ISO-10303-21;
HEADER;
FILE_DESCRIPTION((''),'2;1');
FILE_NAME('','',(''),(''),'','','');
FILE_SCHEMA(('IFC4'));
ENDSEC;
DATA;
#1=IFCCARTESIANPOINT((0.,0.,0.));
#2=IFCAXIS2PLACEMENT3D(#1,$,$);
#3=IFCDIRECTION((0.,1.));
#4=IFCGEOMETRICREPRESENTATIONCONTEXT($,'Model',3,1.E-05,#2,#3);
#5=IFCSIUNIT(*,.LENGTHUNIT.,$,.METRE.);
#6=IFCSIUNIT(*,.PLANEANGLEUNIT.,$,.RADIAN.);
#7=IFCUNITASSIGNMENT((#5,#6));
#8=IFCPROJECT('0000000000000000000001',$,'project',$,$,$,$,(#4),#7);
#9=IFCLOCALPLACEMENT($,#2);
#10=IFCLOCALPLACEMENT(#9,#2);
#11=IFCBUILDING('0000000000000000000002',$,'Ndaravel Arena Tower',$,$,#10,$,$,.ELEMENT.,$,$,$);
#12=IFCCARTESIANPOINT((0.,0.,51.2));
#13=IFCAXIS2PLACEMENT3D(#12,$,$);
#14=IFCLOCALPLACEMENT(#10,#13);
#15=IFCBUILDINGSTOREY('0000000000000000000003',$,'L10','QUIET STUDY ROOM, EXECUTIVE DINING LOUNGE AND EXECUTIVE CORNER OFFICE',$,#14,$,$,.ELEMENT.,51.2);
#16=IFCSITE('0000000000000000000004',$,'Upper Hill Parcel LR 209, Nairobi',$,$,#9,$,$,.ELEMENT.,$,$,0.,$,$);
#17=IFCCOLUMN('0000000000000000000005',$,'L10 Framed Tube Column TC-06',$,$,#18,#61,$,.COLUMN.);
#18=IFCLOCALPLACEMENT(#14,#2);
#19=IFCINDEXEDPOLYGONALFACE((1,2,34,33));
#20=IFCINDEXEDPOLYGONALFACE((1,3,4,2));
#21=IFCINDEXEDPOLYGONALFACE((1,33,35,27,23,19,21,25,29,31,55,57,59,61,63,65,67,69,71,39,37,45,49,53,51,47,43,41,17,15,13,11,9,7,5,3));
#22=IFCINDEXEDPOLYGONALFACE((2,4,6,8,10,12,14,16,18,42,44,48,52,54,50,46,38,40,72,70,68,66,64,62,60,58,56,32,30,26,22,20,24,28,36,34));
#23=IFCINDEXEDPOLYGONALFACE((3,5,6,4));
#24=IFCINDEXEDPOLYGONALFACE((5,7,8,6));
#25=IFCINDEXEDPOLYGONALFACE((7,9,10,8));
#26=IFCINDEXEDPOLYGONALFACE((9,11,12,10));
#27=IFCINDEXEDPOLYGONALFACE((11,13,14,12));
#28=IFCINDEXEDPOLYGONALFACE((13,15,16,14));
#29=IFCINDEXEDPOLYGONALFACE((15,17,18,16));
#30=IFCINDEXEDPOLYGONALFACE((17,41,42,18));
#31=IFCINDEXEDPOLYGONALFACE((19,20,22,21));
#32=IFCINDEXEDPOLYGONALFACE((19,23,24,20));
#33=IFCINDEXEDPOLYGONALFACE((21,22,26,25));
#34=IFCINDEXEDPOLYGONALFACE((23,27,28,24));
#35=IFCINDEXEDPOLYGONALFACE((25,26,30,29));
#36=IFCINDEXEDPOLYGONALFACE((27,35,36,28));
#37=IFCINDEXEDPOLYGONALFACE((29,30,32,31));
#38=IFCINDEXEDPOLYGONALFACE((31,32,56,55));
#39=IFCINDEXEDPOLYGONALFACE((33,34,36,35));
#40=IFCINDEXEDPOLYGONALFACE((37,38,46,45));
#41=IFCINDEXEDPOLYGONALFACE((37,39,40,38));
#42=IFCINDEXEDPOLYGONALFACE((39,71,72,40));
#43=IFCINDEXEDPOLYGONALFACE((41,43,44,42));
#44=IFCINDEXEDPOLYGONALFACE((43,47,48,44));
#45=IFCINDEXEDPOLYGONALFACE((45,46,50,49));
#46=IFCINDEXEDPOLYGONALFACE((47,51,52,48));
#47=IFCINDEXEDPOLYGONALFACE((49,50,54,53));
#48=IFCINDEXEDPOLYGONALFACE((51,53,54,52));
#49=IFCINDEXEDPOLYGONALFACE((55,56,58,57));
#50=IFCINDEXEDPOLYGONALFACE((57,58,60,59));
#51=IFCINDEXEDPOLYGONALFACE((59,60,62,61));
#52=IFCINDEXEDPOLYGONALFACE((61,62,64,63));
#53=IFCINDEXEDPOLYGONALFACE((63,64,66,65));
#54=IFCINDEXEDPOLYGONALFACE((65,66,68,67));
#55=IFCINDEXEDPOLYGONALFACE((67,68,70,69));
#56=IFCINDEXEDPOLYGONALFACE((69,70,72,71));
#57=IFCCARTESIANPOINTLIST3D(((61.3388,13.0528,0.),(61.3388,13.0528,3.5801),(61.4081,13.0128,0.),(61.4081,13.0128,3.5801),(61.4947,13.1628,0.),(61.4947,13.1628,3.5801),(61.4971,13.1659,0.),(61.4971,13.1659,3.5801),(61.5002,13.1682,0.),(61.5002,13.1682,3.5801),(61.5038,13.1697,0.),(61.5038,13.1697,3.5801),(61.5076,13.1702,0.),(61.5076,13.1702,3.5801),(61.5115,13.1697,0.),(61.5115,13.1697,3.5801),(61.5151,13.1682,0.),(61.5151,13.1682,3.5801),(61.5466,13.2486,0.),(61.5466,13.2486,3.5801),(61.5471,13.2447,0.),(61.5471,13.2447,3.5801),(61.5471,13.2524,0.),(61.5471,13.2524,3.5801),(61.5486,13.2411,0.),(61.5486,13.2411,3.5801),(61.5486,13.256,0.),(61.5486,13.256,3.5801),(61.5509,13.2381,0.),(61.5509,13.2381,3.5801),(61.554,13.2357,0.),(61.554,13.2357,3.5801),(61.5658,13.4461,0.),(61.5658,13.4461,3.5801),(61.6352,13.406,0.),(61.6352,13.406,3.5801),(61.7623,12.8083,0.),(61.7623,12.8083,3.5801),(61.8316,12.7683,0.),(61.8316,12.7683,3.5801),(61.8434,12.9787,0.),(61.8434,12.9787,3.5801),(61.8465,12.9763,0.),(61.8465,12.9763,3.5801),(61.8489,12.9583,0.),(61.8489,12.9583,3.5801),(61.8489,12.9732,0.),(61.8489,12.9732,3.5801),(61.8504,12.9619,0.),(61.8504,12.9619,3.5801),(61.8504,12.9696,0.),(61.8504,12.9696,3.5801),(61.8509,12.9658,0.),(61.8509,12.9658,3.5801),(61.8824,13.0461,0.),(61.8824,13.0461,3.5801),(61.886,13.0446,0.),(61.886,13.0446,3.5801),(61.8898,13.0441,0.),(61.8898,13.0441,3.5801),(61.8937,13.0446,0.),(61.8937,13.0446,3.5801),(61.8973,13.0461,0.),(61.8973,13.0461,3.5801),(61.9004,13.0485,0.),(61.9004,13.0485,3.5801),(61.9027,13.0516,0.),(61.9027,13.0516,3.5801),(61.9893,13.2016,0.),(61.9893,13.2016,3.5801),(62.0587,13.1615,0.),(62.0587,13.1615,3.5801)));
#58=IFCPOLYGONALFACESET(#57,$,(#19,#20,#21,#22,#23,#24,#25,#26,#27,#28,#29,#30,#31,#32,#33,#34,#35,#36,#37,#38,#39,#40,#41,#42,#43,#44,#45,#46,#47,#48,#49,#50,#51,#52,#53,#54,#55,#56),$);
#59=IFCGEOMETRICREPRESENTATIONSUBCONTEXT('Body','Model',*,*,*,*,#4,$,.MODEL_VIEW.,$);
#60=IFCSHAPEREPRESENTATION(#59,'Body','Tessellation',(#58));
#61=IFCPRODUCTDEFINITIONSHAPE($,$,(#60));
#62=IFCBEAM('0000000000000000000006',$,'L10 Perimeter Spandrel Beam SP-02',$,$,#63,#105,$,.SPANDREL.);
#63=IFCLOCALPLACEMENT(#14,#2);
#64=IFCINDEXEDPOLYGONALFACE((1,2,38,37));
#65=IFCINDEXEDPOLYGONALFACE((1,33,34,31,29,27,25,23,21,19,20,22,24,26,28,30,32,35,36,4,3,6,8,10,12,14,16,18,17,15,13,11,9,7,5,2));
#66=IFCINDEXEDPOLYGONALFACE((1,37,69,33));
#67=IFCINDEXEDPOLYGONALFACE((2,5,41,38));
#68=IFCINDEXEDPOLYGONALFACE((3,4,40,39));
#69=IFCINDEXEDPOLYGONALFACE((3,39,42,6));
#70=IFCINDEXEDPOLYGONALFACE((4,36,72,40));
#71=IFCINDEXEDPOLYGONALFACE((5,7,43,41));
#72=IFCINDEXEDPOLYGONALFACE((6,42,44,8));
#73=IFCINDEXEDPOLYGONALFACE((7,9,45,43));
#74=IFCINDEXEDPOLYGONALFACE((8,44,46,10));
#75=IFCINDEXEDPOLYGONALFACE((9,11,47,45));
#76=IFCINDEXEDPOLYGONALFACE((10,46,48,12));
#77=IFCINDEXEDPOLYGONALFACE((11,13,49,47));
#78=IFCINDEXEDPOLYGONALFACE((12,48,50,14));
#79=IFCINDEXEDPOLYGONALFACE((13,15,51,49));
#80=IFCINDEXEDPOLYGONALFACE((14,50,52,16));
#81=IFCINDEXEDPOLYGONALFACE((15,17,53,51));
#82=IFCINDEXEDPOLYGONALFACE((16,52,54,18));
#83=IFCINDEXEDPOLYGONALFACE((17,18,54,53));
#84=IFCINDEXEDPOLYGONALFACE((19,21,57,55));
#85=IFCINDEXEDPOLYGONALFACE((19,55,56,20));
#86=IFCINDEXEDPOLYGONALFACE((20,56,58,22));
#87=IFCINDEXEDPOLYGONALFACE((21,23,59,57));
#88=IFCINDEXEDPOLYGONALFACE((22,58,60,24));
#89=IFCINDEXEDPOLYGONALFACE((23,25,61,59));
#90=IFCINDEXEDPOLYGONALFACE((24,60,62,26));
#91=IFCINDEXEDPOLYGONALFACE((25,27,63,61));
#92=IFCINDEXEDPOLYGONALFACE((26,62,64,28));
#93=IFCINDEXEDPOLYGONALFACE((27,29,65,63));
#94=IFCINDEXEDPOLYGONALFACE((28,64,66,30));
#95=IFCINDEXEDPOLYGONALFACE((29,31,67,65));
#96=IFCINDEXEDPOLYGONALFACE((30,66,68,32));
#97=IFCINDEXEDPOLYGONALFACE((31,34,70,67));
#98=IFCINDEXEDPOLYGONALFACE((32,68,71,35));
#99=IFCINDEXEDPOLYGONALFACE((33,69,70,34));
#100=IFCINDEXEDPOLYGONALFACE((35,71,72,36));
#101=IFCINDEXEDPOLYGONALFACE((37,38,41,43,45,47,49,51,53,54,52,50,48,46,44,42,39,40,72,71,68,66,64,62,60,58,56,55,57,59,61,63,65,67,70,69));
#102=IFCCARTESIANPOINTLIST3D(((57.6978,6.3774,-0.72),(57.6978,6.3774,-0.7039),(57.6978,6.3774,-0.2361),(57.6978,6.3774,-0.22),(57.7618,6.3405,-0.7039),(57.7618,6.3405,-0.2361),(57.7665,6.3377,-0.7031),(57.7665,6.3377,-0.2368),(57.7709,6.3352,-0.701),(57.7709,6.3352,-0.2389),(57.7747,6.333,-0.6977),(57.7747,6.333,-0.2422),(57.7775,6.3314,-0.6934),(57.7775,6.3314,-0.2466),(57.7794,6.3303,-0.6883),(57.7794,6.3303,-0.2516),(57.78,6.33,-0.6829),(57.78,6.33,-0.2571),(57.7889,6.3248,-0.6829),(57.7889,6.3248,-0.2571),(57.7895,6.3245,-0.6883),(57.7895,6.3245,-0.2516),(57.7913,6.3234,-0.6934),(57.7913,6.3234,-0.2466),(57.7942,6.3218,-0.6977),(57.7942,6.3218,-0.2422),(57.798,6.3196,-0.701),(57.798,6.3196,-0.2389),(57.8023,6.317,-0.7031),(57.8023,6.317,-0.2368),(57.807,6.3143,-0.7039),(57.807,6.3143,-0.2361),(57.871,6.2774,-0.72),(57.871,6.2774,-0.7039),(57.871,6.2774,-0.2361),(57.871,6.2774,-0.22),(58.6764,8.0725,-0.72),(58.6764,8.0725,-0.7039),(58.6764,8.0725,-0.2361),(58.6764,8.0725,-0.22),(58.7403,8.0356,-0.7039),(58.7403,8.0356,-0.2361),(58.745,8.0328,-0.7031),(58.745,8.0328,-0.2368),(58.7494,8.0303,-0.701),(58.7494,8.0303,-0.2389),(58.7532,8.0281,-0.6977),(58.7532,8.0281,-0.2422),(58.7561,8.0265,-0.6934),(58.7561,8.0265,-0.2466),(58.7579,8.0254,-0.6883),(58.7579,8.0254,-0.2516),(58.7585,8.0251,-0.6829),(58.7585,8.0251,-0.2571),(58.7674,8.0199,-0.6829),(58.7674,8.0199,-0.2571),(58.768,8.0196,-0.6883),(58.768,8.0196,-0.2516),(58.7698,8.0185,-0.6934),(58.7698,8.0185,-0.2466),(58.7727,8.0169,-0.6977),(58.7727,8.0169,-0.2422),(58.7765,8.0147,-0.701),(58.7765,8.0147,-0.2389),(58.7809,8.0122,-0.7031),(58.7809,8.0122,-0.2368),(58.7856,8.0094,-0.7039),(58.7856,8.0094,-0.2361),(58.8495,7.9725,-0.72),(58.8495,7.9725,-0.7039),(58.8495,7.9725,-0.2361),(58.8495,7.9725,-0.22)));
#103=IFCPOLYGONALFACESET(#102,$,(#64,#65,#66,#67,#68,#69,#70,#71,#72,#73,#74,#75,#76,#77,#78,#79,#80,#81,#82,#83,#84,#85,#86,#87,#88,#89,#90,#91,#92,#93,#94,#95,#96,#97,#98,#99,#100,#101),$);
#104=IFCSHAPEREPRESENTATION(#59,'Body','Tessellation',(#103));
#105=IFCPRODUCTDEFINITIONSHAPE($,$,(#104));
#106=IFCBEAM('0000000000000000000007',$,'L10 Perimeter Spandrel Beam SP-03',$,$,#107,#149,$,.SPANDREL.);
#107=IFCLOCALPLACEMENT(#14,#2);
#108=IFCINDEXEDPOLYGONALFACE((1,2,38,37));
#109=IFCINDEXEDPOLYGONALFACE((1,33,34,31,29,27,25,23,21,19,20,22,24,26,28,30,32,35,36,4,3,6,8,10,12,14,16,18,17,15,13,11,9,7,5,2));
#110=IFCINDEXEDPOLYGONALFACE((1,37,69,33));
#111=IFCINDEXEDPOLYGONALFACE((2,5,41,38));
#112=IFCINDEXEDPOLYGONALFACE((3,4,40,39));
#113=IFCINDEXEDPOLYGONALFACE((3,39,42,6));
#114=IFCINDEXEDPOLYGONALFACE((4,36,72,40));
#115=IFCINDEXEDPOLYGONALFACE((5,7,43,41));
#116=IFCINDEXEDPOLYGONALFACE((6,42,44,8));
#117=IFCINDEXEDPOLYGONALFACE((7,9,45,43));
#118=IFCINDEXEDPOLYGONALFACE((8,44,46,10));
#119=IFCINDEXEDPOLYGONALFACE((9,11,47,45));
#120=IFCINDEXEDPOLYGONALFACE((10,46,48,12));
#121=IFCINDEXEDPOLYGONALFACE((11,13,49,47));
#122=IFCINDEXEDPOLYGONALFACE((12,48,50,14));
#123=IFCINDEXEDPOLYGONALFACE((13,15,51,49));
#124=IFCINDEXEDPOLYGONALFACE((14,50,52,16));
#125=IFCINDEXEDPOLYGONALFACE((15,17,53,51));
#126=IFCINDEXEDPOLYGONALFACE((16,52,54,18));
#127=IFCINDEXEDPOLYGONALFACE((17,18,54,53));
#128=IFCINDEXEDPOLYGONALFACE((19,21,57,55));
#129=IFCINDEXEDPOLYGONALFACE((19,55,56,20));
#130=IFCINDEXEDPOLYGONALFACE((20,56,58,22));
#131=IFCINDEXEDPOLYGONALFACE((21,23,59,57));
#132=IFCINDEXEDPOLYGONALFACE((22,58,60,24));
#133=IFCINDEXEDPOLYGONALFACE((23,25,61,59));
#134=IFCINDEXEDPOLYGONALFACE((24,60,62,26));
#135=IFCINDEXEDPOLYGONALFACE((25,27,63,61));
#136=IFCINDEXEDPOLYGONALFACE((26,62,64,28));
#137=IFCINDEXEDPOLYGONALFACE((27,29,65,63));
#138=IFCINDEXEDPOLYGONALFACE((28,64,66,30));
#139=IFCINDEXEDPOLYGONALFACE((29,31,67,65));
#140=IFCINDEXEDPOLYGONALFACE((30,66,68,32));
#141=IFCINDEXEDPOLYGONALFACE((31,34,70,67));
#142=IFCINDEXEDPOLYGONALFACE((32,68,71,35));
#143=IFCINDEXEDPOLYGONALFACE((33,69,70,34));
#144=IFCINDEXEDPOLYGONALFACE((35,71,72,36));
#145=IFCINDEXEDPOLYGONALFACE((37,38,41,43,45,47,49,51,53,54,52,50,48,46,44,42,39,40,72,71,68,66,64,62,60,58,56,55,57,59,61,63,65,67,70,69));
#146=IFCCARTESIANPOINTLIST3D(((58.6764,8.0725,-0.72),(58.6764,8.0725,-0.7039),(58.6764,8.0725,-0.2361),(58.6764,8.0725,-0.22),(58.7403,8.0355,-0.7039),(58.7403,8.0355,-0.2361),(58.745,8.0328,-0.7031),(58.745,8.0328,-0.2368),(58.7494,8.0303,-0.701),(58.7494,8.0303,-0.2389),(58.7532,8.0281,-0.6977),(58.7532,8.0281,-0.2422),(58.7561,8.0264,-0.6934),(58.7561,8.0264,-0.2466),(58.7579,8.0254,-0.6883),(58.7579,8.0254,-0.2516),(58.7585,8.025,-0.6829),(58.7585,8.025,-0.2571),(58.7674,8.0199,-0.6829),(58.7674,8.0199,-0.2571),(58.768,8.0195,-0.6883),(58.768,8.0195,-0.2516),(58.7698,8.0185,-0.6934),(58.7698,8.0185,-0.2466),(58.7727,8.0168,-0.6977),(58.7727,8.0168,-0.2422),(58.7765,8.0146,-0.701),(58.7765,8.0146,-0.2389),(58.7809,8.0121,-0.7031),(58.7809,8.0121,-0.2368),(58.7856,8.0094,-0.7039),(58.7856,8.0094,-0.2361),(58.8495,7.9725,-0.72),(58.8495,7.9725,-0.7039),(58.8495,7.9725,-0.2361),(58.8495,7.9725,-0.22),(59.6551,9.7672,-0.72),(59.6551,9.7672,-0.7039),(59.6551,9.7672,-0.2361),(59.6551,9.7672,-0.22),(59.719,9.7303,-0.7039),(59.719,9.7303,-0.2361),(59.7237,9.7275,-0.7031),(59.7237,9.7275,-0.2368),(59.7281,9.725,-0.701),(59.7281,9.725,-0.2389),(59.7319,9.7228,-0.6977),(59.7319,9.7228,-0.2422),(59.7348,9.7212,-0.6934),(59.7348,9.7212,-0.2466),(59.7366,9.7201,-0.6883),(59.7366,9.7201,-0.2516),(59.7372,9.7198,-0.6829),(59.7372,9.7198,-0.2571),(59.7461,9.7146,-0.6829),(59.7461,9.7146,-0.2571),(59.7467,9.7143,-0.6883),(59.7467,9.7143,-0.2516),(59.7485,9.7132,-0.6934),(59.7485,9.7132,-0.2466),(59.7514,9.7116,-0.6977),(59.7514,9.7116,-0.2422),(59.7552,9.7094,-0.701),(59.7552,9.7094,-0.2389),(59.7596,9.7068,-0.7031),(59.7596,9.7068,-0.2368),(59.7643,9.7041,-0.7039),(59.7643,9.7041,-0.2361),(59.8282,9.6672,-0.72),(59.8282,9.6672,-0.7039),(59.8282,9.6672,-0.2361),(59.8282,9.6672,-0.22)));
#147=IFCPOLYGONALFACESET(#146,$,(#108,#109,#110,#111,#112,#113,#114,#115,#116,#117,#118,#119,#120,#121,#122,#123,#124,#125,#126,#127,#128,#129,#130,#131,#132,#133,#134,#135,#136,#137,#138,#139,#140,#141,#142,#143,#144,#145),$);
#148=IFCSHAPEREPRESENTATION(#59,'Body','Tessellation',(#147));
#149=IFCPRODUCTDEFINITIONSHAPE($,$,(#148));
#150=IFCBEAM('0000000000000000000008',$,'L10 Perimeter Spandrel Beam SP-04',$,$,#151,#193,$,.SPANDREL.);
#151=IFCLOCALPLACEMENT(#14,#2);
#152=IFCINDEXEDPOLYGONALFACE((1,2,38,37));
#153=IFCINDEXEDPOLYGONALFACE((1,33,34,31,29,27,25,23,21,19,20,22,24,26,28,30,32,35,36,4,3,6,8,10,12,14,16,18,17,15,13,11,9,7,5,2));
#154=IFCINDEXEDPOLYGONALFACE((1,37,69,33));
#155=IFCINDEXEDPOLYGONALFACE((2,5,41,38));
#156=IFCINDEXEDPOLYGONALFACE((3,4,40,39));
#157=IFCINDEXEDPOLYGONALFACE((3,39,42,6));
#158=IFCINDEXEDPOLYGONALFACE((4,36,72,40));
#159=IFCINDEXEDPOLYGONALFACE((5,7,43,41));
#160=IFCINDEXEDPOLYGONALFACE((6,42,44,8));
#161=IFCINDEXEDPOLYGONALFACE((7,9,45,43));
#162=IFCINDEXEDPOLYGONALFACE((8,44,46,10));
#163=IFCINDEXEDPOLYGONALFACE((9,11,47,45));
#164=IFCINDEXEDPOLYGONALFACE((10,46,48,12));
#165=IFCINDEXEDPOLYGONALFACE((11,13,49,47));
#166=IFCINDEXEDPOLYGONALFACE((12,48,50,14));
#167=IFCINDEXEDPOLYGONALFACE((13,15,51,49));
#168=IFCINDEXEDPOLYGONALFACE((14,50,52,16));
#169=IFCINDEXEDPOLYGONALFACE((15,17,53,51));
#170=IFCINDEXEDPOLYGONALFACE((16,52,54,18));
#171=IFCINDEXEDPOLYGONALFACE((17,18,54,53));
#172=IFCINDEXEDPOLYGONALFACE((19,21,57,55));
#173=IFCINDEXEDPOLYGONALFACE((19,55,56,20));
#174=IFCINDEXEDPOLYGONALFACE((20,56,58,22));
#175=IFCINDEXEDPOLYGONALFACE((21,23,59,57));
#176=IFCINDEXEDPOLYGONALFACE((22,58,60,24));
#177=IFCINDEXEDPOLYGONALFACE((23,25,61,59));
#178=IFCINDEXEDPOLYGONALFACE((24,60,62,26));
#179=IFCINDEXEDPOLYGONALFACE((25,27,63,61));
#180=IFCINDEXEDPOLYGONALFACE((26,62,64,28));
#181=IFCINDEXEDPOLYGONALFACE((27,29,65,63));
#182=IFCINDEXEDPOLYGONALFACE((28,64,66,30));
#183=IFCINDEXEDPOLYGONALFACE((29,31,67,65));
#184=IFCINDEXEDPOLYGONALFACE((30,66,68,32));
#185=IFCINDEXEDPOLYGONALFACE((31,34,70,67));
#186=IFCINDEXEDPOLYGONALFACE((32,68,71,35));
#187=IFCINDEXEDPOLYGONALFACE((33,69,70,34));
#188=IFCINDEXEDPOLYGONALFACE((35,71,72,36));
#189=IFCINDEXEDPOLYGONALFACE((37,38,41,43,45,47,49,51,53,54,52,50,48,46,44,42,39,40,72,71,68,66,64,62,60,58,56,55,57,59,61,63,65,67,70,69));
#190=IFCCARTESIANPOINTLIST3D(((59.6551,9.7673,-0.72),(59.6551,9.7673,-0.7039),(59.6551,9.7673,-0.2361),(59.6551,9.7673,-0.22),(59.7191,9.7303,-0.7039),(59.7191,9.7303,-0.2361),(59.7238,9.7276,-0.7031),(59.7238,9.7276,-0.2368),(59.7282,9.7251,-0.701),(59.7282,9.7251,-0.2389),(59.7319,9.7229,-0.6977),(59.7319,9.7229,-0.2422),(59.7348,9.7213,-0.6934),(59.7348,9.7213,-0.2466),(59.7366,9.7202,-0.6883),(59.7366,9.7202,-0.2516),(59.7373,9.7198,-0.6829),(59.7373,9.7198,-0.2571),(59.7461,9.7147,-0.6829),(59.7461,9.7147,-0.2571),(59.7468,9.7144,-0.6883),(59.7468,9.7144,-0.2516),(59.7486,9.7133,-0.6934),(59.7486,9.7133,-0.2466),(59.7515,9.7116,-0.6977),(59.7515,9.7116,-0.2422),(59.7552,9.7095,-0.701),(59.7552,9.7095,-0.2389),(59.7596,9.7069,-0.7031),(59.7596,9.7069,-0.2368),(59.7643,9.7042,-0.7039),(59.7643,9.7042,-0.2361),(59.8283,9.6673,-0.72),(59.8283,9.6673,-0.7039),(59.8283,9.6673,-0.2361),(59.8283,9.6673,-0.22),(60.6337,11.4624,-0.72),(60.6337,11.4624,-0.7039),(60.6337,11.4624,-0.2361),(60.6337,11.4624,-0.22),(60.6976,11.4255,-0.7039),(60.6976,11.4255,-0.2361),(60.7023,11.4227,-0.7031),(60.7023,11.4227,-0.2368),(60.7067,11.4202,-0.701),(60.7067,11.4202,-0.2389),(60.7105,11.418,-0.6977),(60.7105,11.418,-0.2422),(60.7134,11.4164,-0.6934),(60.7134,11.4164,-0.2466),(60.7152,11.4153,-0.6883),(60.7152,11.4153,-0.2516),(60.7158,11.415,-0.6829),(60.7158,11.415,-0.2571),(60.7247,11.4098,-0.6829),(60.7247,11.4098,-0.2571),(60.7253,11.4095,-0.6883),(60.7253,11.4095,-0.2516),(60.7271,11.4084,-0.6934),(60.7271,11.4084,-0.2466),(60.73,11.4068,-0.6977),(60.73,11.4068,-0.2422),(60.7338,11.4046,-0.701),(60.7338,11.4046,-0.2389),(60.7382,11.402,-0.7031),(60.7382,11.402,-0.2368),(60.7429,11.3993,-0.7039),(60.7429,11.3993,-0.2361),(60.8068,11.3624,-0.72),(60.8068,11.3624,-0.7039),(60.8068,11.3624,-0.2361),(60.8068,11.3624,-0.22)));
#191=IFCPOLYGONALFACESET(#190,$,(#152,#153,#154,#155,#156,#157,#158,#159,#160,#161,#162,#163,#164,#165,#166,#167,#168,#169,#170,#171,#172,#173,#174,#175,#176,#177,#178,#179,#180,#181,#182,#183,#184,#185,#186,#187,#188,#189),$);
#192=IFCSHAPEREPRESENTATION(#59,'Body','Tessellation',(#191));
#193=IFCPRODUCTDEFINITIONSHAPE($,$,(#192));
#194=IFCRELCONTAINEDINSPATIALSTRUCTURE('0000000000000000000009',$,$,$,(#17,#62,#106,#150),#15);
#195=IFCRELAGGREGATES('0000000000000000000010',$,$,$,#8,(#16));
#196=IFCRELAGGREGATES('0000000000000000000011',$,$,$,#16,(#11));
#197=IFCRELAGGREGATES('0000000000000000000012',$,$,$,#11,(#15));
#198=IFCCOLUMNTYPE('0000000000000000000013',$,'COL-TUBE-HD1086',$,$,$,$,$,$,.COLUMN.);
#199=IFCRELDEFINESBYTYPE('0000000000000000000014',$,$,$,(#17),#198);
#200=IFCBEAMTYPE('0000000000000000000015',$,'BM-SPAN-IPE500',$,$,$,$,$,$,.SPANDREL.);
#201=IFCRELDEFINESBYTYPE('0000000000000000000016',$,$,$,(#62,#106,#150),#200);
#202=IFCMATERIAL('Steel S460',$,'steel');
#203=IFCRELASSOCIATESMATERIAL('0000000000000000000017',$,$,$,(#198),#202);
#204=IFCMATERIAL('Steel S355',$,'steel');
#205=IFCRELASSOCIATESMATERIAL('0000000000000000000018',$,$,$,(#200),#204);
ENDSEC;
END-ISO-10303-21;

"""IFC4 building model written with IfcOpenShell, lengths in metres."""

from ifc_helpers import new_model, si_unit, direction, frame, origin, origin_2d, place, context, subcontext, project, spatial, i_section, extrude, material, material_profile, profile_set, type_object, element, save


model = new_model("IFC4")

# Units and contexts
model_context = context("Model", 3, precision=1e-05, world=origin(), true_north=direction((0.0, 1.0)))
body_context = subcontext(model_context, "Body", "Model", "MODEL_VIEW")
ifc_project = project(units=[si_unit("LENGTHUNIT", "METRE"), si_unit("PLANEANGLEUNIT", "RADIAN")], contexts=[model_context])

# Site, building, storey
site_placement = place(None, origin())
site = spatial("IfcSite", under=ifc_project, at=site_placement, Name="Upper Hill Parcel LR 209, Nairobi", CompositionType="ELEMENT", RefElevation=0.0)
building_placement = place(site_placement, origin())
building = spatial("IfcBuilding", under=site, at=building_placement, Name="Ndaravel Arena Tower", CompositionType="ELEMENT")
storey_placement = place(building_placement, frame((0.0, 0.0, 51.2)))
storey = spatial("IfcBuildingStorey", under=building, at=storey_placement, Name="L10", Description="QUIET STUDY ROOM, EXECUTIVE DINING LOUNGE AND EXECUTIVE CORNER OFFICE", CompositionType="ELEMENT", Elevation=51.2)

# Column
ifc_material_1 = material(Name="Steel S460", Category="steel")
ifc_material_profile_1 = material_profile(ifc_material_1, i_section(OverallWidth=0.4541, OverallDepth=0.5691, WebThickness=0.0779, FlangeThickness=0.0801, FilletRadius=0.0149, at=origin_2d()), Name="HD 400x1086")
ifc_profile_set_1 = profile_set([ifc_material_profile_1], Name="Steel S460")
column_type = type_object("IfcColumnType", Name="COL-TUBE-HD1086", PredefinedType="COLUMN", material=ifc_profile_set_1)
for number, where, z_axis, x_axis, name in (
    (1, (61.6987, 13.1072, 0.0), (0.0, 0.0, 1.0), (0.5, 0.866025, 0.0), "L10 Framed Tube Column TC-06"),
):
    element("IfcColumn", number, at=place(storey_placement, frame(where, z_axis=z_axis, x_axis=x_axis)), inside=storey, type_object=column_type, Name=name, PredefinedType="COLUMN", context=body_context, shape_type="SweptSolid", body=[
        extrude(i_section(OverallWidth=0.4541, OverallDepth=0.5691, WebThickness=0.0779, FlangeThickness=0.0801, FilletRadius=0.0149, at=origin_2d()), origin(), (0.0, 0.0, 1.0), 3.5801),
    ])

# Beams
ifc_material_2 = material(Name="Steel S355", Category="steel")
ifc_material_profile_2 = material_profile(ifc_material_2, i_section(OverallWidth=0.2, OverallDepth=0.5, WebThickness=0.0103, FlangeThickness=0.0161, FilletRadius=0.021, at=origin_2d()), Name="IPE 500")
ifc_profile_set_2 = profile_set([ifc_material_profile_2], Name="Steel S355")
beam_type = type_object("IfcBeamType", Name="BM-SPAN-IPE500", PredefinedType="SPANDREL", material=ifc_profile_set_2)
beam_1_placement = place(storey_placement, frame((57.7844, 6.3274, -0.47), z_axis=(0.499949, 0.866055, 0.0), x_axis=(-0.866055, 0.499949, 0.0)))
element("IfcBeam", 2, at=beam_1_placement, inside=storey, type_object=beam_type, Name="L10 Perimeter Spandrel Beam SP-02", PredefinedType="SPANDREL", context=body_context, shape_type="SweptSolid", body=[
    extrude(i_section(OverallWidth=0.2, OverallDepth=0.5, WebThickness=0.0103, FlangeThickness=0.0161, FilletRadius=0.021, at=origin_2d()), origin(), (0.0, 0.0, 1.0), 1.9573),
])
beam_2_placement = place(storey_placement, frame((58.7629, 8.0225, -0.47), z_axis=(0.500097, 0.86597, 0.0), x_axis=(-0.86597, 0.500097, 0.0)))
element("IfcBeam", 3, at=beam_2_placement, inside=storey, type_object=beam_type, Name="L10 Perimeter Spandrel Beam SP-03", PredefinedType="SPANDREL", context=body_context, shape_type="SweptSolid", body=[
    extrude(i_section(OverallWidth=0.2, OverallDepth=0.5, WebThickness=0.0103, FlangeThickness=0.0161, FilletRadius=0.021, at=origin_2d()), origin(), (0.0, 0.0, 1.0), 1.957),
])
beam_3_placement = place(storey_placement, frame((59.7417, 9.7173, -0.47), z_axis=(0.499949, 0.866055, 0.0), x_axis=(-0.866055, 0.499949, 0.0)))
element("IfcBeam", 4, at=beam_3_placement, inside=storey, type_object=beam_type, Name="L10 Perimeter Spandrel Beam SP-04", PredefinedType="SPANDREL", context=body_context, shape_type="SweptSolid", body=[
    extrude(i_section(OverallWidth=0.2, OverallDepth=0.5, WebThickness=0.0103, FlangeThickness=0.0161, FilletRadius=0.021, at=origin_2d()), origin(), (0.0, 0.0, 1.0), 1.9573),
])

save(model, "model.ifc")
